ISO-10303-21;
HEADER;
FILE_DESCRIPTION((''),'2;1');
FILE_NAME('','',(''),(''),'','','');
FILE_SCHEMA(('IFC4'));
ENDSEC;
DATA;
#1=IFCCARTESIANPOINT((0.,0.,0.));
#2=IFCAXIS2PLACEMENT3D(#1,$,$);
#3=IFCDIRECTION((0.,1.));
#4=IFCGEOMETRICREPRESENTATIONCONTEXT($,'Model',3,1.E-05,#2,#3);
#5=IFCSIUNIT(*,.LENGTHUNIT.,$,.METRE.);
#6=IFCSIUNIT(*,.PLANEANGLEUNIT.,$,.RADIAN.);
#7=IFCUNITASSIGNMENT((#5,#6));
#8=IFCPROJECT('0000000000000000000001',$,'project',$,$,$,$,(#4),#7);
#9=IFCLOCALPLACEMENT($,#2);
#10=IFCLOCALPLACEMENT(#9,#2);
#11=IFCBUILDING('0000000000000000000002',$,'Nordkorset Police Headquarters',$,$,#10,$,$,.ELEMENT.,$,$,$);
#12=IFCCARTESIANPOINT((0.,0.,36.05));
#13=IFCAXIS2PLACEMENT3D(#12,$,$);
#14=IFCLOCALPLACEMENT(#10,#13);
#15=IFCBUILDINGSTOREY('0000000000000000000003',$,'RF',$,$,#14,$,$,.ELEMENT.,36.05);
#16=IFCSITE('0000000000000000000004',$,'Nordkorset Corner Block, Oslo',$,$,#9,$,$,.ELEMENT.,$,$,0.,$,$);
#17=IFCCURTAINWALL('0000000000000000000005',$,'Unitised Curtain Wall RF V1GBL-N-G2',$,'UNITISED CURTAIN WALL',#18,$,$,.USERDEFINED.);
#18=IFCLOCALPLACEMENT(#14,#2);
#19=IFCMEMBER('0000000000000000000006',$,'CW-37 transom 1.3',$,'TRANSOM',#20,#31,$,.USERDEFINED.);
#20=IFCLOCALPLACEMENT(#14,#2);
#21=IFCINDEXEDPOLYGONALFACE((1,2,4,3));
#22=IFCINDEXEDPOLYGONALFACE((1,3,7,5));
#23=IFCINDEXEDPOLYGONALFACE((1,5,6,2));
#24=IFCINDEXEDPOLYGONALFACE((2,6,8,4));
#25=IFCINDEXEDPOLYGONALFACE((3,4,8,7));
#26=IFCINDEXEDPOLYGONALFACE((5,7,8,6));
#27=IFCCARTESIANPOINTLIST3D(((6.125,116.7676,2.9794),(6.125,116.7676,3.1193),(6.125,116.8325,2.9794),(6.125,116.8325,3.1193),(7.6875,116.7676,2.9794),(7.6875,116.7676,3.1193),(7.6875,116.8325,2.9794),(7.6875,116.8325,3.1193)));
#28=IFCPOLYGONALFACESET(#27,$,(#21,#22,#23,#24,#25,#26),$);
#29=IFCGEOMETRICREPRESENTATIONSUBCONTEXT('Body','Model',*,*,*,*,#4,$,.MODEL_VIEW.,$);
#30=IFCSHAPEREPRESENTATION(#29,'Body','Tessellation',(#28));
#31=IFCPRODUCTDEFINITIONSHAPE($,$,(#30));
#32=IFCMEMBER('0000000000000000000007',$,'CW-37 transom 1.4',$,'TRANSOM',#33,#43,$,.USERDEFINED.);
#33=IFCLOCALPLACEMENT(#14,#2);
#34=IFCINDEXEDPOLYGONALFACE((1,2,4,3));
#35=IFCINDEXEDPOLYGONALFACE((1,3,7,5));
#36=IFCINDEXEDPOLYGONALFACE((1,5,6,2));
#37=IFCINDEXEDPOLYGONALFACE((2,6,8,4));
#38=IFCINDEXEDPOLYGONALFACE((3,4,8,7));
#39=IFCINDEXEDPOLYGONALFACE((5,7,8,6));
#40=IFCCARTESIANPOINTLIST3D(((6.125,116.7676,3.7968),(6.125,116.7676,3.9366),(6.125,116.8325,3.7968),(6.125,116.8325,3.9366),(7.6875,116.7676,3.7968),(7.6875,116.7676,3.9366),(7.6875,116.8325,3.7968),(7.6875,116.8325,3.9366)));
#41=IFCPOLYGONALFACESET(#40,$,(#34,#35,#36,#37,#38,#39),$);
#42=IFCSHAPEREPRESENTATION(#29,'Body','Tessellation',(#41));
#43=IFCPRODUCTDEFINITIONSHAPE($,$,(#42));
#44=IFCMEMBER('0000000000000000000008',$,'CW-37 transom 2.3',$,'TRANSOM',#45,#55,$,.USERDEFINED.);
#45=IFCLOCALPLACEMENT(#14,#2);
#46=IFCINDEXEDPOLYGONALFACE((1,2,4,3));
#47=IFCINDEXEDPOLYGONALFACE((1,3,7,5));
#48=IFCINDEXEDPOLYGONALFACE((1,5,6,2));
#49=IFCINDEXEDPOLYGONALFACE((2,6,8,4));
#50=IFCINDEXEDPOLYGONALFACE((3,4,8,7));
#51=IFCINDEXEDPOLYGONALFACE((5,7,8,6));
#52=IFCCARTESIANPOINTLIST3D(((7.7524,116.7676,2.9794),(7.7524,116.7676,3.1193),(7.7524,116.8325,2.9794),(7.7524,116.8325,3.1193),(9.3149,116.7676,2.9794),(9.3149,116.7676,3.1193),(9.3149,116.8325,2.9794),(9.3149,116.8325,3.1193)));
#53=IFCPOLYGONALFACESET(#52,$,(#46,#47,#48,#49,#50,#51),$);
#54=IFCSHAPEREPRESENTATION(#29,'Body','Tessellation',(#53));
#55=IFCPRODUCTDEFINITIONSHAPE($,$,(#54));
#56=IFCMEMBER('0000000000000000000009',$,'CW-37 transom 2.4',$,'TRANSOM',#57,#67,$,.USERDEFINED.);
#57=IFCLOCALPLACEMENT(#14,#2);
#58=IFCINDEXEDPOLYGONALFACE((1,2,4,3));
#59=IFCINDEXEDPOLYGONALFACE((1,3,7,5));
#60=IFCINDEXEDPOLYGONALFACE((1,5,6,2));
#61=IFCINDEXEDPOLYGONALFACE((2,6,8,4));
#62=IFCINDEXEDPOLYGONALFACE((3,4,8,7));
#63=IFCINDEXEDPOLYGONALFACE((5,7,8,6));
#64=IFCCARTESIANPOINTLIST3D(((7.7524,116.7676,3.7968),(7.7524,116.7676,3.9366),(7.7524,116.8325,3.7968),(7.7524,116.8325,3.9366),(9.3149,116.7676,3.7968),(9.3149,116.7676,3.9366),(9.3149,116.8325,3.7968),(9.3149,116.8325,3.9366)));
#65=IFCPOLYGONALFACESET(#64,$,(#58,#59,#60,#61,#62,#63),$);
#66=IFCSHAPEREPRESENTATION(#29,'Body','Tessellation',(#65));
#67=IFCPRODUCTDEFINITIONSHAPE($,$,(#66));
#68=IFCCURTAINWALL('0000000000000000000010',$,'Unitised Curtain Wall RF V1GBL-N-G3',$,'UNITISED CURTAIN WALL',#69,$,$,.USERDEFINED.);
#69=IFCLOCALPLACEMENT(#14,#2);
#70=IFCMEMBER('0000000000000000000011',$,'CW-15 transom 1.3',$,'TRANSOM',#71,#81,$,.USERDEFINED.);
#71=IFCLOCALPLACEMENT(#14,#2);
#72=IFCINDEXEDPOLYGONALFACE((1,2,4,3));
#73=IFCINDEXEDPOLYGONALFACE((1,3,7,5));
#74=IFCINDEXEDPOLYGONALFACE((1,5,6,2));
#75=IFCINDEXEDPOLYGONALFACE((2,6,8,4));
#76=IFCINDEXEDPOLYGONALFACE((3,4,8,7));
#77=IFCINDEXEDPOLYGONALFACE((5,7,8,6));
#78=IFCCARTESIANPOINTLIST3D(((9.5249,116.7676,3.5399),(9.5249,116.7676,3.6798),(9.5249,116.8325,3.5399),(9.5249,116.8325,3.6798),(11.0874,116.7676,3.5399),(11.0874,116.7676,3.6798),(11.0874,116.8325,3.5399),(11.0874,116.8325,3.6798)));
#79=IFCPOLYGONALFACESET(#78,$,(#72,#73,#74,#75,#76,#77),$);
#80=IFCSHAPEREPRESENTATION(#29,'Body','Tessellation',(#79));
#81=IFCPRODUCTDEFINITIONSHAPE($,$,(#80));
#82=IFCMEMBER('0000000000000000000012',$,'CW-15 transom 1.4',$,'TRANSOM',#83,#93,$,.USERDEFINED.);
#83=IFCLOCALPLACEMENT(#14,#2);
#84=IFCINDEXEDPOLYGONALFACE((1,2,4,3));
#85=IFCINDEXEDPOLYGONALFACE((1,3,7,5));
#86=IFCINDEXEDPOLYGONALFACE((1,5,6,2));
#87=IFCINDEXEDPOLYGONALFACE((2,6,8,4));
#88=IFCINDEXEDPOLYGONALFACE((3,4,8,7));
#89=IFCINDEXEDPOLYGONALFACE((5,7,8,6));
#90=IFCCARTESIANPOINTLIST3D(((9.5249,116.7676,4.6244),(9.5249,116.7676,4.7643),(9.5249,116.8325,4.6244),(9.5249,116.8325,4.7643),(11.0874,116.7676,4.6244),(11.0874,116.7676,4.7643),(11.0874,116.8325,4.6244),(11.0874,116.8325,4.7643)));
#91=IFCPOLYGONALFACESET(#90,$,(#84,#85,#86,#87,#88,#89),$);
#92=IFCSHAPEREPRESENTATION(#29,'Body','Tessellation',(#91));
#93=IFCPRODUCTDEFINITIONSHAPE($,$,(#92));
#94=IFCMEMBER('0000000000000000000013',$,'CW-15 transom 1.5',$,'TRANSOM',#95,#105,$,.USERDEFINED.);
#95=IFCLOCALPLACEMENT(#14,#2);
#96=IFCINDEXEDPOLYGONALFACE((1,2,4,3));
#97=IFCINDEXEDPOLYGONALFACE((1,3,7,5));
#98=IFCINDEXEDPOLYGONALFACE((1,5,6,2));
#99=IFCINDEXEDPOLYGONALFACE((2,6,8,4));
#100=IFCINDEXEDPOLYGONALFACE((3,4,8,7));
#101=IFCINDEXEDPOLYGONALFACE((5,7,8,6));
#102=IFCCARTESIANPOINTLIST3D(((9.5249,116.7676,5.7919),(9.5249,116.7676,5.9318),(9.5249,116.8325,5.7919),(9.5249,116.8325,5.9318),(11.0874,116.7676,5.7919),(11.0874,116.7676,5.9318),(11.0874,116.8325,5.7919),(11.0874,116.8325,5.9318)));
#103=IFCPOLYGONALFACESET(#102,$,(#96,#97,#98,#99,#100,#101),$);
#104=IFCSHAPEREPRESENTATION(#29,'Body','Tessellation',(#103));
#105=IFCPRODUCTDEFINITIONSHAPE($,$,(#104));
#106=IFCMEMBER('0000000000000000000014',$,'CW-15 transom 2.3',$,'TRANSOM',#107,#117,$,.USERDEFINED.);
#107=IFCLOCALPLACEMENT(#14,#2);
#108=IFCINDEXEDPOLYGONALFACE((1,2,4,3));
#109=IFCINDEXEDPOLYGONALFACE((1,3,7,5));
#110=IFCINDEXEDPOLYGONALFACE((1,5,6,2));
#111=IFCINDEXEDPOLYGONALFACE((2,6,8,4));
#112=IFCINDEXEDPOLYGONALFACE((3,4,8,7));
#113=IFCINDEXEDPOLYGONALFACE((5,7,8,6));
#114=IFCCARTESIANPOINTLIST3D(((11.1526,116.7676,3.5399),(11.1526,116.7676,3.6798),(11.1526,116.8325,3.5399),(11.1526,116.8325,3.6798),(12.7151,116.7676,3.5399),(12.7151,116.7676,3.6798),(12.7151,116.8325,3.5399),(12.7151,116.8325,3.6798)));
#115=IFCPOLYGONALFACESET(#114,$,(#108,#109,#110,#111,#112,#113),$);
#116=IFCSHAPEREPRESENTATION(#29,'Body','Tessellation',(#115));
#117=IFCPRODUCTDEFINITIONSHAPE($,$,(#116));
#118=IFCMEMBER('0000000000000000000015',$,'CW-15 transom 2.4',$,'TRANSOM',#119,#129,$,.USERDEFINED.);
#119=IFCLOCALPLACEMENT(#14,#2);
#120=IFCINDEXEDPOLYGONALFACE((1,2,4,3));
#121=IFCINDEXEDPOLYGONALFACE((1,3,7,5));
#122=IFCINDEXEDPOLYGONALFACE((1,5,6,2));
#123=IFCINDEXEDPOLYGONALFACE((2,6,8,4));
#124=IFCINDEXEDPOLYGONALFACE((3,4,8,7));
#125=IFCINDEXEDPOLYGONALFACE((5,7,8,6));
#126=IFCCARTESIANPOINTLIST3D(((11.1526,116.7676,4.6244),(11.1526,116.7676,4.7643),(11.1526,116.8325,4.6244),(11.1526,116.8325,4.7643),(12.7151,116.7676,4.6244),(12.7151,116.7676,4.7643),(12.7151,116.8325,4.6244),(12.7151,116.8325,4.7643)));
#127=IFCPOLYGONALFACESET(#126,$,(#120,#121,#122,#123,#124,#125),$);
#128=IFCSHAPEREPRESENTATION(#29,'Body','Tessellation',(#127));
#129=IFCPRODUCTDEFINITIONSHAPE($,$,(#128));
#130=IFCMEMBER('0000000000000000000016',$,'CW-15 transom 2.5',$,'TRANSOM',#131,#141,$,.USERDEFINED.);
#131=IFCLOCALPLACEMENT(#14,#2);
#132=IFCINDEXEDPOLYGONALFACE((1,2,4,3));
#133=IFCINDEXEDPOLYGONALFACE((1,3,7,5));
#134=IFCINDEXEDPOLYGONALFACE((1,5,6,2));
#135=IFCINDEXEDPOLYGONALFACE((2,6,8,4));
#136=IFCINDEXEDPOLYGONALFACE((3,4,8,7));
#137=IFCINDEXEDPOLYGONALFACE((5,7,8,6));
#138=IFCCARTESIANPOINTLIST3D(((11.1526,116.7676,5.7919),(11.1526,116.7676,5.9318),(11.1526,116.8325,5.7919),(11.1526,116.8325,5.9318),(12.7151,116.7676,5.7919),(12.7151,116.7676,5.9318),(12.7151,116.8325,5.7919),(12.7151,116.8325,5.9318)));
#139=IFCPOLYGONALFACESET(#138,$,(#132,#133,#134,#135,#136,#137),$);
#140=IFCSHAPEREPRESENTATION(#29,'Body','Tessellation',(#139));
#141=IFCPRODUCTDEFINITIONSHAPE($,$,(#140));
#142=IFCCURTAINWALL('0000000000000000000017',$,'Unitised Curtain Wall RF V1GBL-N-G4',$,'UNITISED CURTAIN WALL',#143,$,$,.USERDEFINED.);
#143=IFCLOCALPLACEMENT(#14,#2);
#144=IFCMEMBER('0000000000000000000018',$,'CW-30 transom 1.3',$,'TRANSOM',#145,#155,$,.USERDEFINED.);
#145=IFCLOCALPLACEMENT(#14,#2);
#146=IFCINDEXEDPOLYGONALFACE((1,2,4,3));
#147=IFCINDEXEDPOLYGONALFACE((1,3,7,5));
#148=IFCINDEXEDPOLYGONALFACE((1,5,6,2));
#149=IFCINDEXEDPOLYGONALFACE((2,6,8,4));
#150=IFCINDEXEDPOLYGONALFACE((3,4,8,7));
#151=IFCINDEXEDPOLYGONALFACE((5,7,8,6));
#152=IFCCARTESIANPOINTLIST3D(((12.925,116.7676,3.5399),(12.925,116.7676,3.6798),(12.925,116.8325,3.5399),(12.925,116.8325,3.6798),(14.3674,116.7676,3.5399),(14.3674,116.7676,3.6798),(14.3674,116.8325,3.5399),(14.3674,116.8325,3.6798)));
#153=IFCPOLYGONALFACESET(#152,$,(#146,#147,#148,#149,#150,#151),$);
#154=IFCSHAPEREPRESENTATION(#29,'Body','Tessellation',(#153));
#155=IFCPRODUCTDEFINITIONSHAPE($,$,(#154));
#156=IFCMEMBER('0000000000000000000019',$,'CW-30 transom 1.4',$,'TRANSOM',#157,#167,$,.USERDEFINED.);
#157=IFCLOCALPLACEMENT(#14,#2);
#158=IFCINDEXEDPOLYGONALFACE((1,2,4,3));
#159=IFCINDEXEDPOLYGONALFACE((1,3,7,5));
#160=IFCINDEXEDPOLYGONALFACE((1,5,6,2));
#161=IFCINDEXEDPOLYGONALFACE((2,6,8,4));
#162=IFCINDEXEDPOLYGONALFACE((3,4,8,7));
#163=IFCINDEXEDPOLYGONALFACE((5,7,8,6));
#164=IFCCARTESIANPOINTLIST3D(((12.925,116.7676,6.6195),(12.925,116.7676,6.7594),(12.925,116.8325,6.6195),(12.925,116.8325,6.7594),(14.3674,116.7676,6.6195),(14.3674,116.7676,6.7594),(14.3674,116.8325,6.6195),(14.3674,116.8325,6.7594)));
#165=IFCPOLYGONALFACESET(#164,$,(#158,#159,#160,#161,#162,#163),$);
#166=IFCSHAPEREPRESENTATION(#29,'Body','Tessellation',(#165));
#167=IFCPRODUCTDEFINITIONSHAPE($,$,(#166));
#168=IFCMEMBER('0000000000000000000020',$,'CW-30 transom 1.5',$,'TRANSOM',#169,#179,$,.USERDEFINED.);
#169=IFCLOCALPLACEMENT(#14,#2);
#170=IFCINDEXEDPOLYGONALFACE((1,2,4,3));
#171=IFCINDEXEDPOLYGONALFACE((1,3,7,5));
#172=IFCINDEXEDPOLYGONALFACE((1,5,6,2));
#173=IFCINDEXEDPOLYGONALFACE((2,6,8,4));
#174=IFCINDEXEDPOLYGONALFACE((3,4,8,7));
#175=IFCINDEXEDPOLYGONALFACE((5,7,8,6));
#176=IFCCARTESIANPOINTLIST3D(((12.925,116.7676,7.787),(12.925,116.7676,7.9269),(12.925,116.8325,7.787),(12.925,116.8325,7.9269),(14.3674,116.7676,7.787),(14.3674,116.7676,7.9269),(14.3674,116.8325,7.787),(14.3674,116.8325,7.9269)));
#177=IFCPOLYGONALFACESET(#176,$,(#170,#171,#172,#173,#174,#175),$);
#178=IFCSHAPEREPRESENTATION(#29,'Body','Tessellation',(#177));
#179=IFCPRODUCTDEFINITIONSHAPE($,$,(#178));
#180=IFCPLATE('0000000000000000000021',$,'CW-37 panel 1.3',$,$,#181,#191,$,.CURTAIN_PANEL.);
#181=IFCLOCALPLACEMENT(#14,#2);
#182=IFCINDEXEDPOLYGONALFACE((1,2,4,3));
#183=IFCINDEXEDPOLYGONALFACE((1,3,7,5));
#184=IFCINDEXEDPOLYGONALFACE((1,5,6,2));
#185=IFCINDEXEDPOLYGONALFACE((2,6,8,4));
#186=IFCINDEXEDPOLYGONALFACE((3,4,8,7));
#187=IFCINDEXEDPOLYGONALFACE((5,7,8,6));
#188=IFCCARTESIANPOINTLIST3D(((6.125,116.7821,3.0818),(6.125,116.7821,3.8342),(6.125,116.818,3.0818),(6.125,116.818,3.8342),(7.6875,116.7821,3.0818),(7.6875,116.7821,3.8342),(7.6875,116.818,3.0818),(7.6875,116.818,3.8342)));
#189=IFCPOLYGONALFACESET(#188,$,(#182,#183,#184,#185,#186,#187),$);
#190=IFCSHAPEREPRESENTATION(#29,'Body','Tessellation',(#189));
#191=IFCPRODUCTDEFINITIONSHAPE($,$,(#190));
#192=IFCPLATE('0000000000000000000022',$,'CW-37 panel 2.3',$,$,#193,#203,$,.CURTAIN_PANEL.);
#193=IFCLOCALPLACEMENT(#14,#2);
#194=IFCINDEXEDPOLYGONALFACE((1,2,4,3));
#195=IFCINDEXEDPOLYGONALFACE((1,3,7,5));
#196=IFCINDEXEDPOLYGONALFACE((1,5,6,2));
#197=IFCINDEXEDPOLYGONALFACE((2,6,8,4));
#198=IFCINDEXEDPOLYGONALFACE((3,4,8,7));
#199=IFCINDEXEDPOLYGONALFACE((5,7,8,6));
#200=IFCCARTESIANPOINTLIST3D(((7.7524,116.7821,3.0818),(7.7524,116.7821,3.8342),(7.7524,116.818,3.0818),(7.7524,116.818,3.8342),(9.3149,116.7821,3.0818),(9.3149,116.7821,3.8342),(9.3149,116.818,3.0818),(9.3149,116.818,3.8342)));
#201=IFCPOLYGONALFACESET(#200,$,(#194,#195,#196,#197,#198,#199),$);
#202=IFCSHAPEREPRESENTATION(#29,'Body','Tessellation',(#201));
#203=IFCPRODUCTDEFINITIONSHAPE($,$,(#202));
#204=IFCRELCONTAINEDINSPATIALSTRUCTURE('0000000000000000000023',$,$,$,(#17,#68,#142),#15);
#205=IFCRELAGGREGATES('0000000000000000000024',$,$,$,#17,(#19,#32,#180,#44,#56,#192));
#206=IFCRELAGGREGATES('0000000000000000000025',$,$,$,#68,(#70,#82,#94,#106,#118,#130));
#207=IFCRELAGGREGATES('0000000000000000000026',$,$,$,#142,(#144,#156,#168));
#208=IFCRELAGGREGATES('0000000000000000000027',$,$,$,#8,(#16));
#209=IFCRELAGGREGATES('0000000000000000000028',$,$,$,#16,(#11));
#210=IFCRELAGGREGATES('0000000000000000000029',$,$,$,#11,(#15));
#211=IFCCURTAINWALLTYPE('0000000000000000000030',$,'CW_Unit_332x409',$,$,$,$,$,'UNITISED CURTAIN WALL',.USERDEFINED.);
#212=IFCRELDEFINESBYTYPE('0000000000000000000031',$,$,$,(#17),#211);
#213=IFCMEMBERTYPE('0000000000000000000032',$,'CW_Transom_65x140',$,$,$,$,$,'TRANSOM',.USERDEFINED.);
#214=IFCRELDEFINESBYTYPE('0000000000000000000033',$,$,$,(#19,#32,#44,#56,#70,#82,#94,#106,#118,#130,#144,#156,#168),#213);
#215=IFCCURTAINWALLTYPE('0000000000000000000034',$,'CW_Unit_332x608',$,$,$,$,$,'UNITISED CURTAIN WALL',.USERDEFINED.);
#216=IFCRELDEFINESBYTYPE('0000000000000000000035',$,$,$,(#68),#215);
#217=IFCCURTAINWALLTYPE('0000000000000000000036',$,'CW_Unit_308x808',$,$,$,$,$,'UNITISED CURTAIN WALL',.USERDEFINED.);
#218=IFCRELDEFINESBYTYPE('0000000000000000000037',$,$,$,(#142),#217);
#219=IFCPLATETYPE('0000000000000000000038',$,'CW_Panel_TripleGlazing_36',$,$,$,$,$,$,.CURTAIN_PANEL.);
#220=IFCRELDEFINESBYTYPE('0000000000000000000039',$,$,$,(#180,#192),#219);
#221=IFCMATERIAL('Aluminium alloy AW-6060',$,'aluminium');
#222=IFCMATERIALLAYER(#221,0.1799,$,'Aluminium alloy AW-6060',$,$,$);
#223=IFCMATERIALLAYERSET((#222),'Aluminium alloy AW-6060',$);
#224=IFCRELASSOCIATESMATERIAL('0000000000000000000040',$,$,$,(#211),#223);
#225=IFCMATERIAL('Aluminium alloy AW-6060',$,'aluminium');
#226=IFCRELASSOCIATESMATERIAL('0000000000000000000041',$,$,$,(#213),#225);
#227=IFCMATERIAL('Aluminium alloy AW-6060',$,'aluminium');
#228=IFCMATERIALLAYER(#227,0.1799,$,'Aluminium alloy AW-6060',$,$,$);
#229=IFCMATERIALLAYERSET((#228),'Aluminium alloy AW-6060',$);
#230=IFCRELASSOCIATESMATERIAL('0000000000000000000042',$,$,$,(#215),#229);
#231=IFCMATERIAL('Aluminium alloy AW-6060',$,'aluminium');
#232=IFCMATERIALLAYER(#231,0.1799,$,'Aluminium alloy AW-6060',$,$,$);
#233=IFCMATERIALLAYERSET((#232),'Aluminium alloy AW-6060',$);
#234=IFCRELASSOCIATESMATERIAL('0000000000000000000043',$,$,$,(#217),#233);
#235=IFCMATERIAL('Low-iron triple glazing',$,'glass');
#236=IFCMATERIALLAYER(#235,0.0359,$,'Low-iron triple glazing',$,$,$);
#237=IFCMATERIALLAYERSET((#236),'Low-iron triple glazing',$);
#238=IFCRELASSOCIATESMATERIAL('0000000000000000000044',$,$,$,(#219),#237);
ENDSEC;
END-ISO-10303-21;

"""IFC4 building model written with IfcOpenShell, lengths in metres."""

from ifc_helpers import new_model, si_unit, direction, frame, origin, origin_2d, place, context, subcontext, project, spatial, rectangle, extrude, material, layer, layer_set, material_profile, profile_set, type_object, element, aggregate, save


model = new_model("IFC4")

# Units and contexts
model_context = context("Model", 3, precision=1e-05, world=origin(), true_north=direction((0.0, 1.0)))
body_context = subcontext(model_context, "Body", "Model", "MODEL_VIEW")
ifc_project = project(units=[si_unit("LENGTHUNIT", "METRE"), si_unit("PLANEANGLEUNIT", "RADIAN")], contexts=[model_context])

# Site, building, storey
site_placement = place(None, origin())
site = spatial("IfcSite", under=ifc_project, at=site_placement, Name="Nordkorset Corner Block, Oslo", CompositionType="ELEMENT", RefElevation=0.0)
building_placement = place(site_placement, origin())
building = spatial("IfcBuilding", under=site, at=building_placement, Name="Nordkorset Police Headquarters", CompositionType="ELEMENT")
storey_placement = place(building_placement, frame((0.0, 0.0, 36.05)))
storey = spatial("IfcBuildingStorey", under=building, at=storey_placement, Name="RF", CompositionType="ELEMENT", Elevation=36.05)

# Curtain walls, members
ifc_material_1 = material(Name="Aluminium alloy AW-6060", Category="aluminium")
ifc_layer_1 = layer(ifc_material_1, 0.1799, Name="Aluminium alloy AW-6060")
ifc_layer_set_1 = layer_set([ifc_layer_1], Name="Aluminium alloy AW-6060")
curtain_wall_type_1 = type_object("IfcCurtainWallType", Name="CW_Unit_332x409", ElementType="UNITISED CURTAIN WALL", PredefinedType="USERDEFINED", material=ifc_layer_set_1)
curtain_wall_1_placement = place(storey_placement, origin())
curtain_wall_1 = element("IfcCurtainWall", 1, at=curtain_wall_1_placement, inside=storey, type_object=curtain_wall_type_1, Name="Unitised Curtain Wall RF V1GBL-N-G2", ObjectType="UNITISED CURTAIN WALL", PredefinedType="USERDEFINED")
ifc_material_2 = material(Name="Aluminium alloy AW-6060", Category="aluminium")
ifc_material_profile = material_profile(ifc_material_2, rectangle(XDim=0.0649, YDim=0.1399, at=origin_2d()), Name="ALU TRAN 65x140")
ifc_profile_set = profile_set([ifc_material_profile], Name="Aluminium alloy AW-6060")
member_type = type_object("IfcMemberType", Name="CW_Transom_65x140", ElementType="TRANSOM", PredefinedType="USERDEFINED", material=ifc_profile_set)
member_1_placement = place(storey_placement, frame((6.125, 116.8, 3.0493), z_axis=(1.0, 0.0, 0.0), x_axis=(0.0, 1.0, 0.0)))
member_1 = element("IfcMember", 2, at=member_1_placement, type_object=member_type, Name="CW-37 transom 1.3", ObjectType="TRANSOM", PredefinedType="USERDEFINED", context=body_context, shape_type="SweptSolid", body=[
    extrude(rectangle(XDim=0.0649, YDim=0.1399, at=origin_2d()), origin(), (0.0, 0.0, 1.0), 1.5625),
])
member_2_placement = place(storey_placement, frame((6.125, 116.8, 3.8667), z_axis=(1.0, 0.0, 0.0), x_axis=(0.0, 1.0, 0.0)))
member_2 = element("IfcMember", 3, at=member_2_placement, type_object=member_type, Name="CW-37 transom 1.4", ObjectType="TRANSOM", PredefinedType="USERDEFINED", context=body_context, shape_type="SweptSolid", body=[
    extrude(rectangle(XDim=0.0649, YDim=0.1399, at=origin_2d()), origin(), (0.0, 0.0, 1.0), 1.5625),
])
member_3_placement = place(storey_placement, frame((7.7524, 116.8, 3.0493), z_axis=(1.0, 0.0, 0.0), x_axis=(0.0, 1.0, 0.0)))
member_3 = element("IfcMember", 4, at=member_3_placement, type_object=member_type, Name="CW-37 transom 2.3", ObjectType="TRANSOM", PredefinedType="USERDEFINED", context=body_context, shape_type="SweptSolid", body=[
    extrude(rectangle(XDim=0.0649, YDim=0.1399, at=origin_2d()), origin(), (0.0, 0.0, 1.0), 1.5625),
])
member_4_placement = place(storey_placement, frame((7.7524, 116.8, 3.8667), z_axis=(1.0, 0.0, 0.0), x_axis=(0.0, 1.0, 0.0)))
member_4 = element("IfcMember", 5, at=member_4_placement, type_object=member_type, Name="CW-37 transom 2.4", ObjectType="TRANSOM", PredefinedType="USERDEFINED", context=body_context, shape_type="SweptSolid", body=[
    extrude(rectangle(XDim=0.0649, YDim=0.1399, at=origin_2d()), origin(), (0.0, 0.0, 1.0), 1.5625),
])
ifc_material_3 = material(Name="Aluminium alloy AW-6060", Category="aluminium")
ifc_layer_2 = layer(ifc_material_3, 0.1799, Name="Aluminium alloy AW-6060")
ifc_layer_set_2 = layer_set([ifc_layer_2], Name="Aluminium alloy AW-6060")
curtain_wall_type_2 = type_object("IfcCurtainWallType", Name="CW_Unit_332x608", ElementType="UNITISED CURTAIN WALL", PredefinedType="USERDEFINED", material=ifc_layer_set_2)
curtain_wall_2_placement = place(storey_placement, origin())
curtain_wall_2 = element("IfcCurtainWall", 6, at=curtain_wall_2_placement, inside=storey, type_object=curtain_wall_type_2, Name="Unitised Curtain Wall RF V1GBL-N-G3", ObjectType="UNITISED CURTAIN WALL", PredefinedType="USERDEFINED")
member_5_placement = place(storey_placement, frame((9.5249, 116.8, 3.6099), z_axis=(1.0, 0.0, 0.0), x_axis=(0.0, 1.0, 0.0)))
member_5 = element("IfcMember", 7, at=member_5_placement, type_object=member_type, Name="CW-15 transom 1.3", ObjectType="TRANSOM", PredefinedType="USERDEFINED", context=body_context, shape_type="SweptSolid", body=[
    extrude(rectangle(XDim=0.0649, YDim=0.1399, at=origin_2d()), origin(), (0.0, 0.0, 1.0), 1.5625),
])
member_6_placement = place(storey_placement, frame((9.5249, 116.8, 4.6943), z_axis=(1.0, 0.0, 0.0), x_axis=(0.0, 1.0, 0.0)))
member_6 = element("IfcMember", 8, at=member_6_placement, type_object=member_type, Name="CW-15 transom 1.4", ObjectType="TRANSOM", PredefinedType="USERDEFINED", context=body_context, shape_type="SweptSolid", body=[
    extrude(rectangle(XDim=0.0649, YDim=0.1399, at=origin_2d()), origin(), (0.0, 0.0, 1.0), 1.5625),
])
member_7_placement = place(storey_placement, frame((9.5249, 116.8, 5.8618), z_axis=(1.0, 0.0, 0.0), x_axis=(0.0, 1.0, 0.0)))
member_7 = element("IfcMember", 9, at=member_7_placement, type_object=member_type, Name="CW-15 transom 1.5", ObjectType="TRANSOM", PredefinedType="USERDEFINED", context=body_context, shape_type="SweptSolid", body=[
    extrude(rectangle(XDim=0.0649, YDim=0.1399, at=origin_2d()), origin(), (0.0, 0.0, 1.0), 1.5625),
])
member_8_placement = place(storey_placement, frame((11.1526, 116.8, 3.6099), z_axis=(1.0, 0.0, 0.0), x_axis=(0.0, 1.0, 0.0)))
member_8 = element("IfcMember", 10, at=member_8_placement, type_object=member_type, Name="CW-15 transom 2.3", ObjectType="TRANSOM", PredefinedType="USERDEFINED", context=body_context, shape_type="SweptSolid", body=[
    extrude(rectangle(XDim=0.0649, YDim=0.1399, at=origin_2d()), origin(), (0.0, 0.0, 1.0), 1.5625),
])
member_9_placement = place(storey_placement, frame((11.1526, 116.8, 4.6943), z_axis=(1.0, 0.0, 0.0), x_axis=(0.0, 1.0, 0.0)))
member_9 = element("IfcMember", 11, at=member_9_placement, type_object=member_type, Name="CW-15 transom 2.4", ObjectType="TRANSOM", PredefinedType="USERDEFINED", context=body_context, shape_type="SweptSolid", body=[
    extrude(rectangle(XDim=0.0649, YDim=0.1399, at=origin_2d()), origin(), (0.0, 0.0, 1.0), 1.5625),
])
member_10_placement = place(storey_placement, frame((11.1526, 116.8, 5.8618), z_axis=(1.0, 0.0, 0.0), x_axis=(0.0, 1.0, 0.0)))
member_10 = element("IfcMember", 12, at=member_10_placement, type_object=member_type, Name="CW-15 transom 2.5", ObjectType="TRANSOM", PredefinedType="USERDEFINED", context=body_context, shape_type="SweptSolid", body=[
    extrude(rectangle(XDim=0.0649, YDim=0.1399, at=origin_2d()), origin(), (0.0, 0.0, 1.0), 1.5625),
])
ifc_material_4 = material(Name="Aluminium alloy AW-6060", Category="aluminium")
ifc_layer_3 = layer(ifc_material_4, 0.1799, Name="Aluminium alloy AW-6060")
ifc_layer_set_3 = layer_set([ifc_layer_3], Name="Aluminium alloy AW-6060")
curtain_wall_type_3 = type_object("IfcCurtainWallType", Name="CW_Unit_308x808", ElementType="UNITISED CURTAIN WALL", PredefinedType="USERDEFINED", material=ifc_layer_set_3)
curtain_wall_3_placement = place(storey_placement, origin())
curtain_wall_3 = element("IfcCurtainWall", 13, at=curtain_wall_3_placement, inside=storey, type_object=curtain_wall_type_3, Name="Unitised Curtain Wall RF V1GBL-N-G4", ObjectType="UNITISED CURTAIN WALL", PredefinedType="USERDEFINED")
member_11_placement = place(storey_placement, frame((12.925, 116.8, 3.6099), z_axis=(1.0, 0.0, 0.0), x_axis=(0.0, 1.0, 0.0)))
member_11 = element("IfcMember", 14, at=member_11_placement, type_object=member_type, Name="CW-30 transom 1.3", ObjectType="TRANSOM", PredefinedType="USERDEFINED", context=body_context, shape_type="SweptSolid", body=[
    extrude(rectangle(XDim=0.0649, YDim=0.1399, at=origin_2d()), origin(), (0.0, 0.0, 1.0), 1.4424),
])
member_12_placement = place(storey_placement, frame((12.925, 116.8, 6.6895), z_axis=(1.0, 0.0, 0.0), x_axis=(0.0, 1.0, 0.0)))
member_12 = element("IfcMember", 15, at=member_12_placement, type_object=member_type, Name="CW-30 transom 1.4", ObjectType="TRANSOM", PredefinedType="USERDEFINED", context=body_context, shape_type="SweptSolid", body=[
    extrude(rectangle(XDim=0.0649, YDim=0.1399, at=origin_2d()), origin(), (0.0, 0.0, 1.0), 1.4424),
])
member_13_placement = place(storey_placement, frame((12.925, 116.8, 7.8569), z_axis=(1.0, 0.0, 0.0), x_axis=(0.0, 1.0, 0.0)))
member_13 = element("IfcMember", 16, at=member_13_placement, type_object=member_type, Name="CW-30 transom 1.5", ObjectType="TRANSOM", PredefinedType="USERDEFINED", context=body_context, shape_type="SweptSolid", body=[
    extrude(rectangle(XDim=0.0649, YDim=0.1399, at=origin_2d()), origin(), (0.0, 0.0, 1.0), 1.4424),
])

# Plates
ifc_material_5 = material(Name="Low-iron triple glazing", Category="glass")
ifc_layer_4 = layer(ifc_material_5, 0.0359, Name="Low-iron triple glazing")
ifc_layer_set_4 = layer_set([ifc_layer_4], Name="Low-iron triple glazing")
plate_type = type_object("IfcPlateType", Name="CW_Panel_TripleGlazing_36", PredefinedType="CURTAIN_PANEL", material=ifc_layer_set_4)
plate_1_placement = place(storey_placement, frame((6.9062, 116.8, 3.0818), z_axis=(0.0, 0.0, 1.0), x_axis=(1.0, 0.0, 0.0)))
plate_1 = element("IfcPlate", 17, at=plate_1_placement, type_object=plate_type, Name="CW-37 panel 1.3", PredefinedType="CURTAIN_PANEL", context=body_context, shape_type="SweptSolid", body=[
    extrude(rectangle(XDim=1.5625, YDim=0.0359, at=origin_2d()), origin(), (0.0, 0.0, 1.0), 0.7524),
])
plate_2_placement = place(storey_placement, frame((8.5337, 116.8, 3.0818), z_axis=(0.0, 0.0, 1.0), x_axis=(1.0, 0.0, 0.0)))
plate_2 = element("IfcPlate", 18, at=plate_2_placement, type_object=plate_type, Name="CW-37 panel 2.3", PredefinedType="CURTAIN_PANEL", context=body_context, shape_type="SweptSolid", body=[
    extrude(rectangle(XDim=1.5625, YDim=0.0359, at=origin_2d()), origin(), (0.0, 0.0, 1.0), 0.7524),
])
aggregate(curtain_wall_1, [member_1, member_2, plate_1, member_3, member_4, plate_2])
aggregate(curtain_wall_2, [member_5, member_6, member_7, member_8, member_9, member_10])
aggregate(curtain_wall_3, [member_11, member_12, member_13])

save(model, "model.ifc")
